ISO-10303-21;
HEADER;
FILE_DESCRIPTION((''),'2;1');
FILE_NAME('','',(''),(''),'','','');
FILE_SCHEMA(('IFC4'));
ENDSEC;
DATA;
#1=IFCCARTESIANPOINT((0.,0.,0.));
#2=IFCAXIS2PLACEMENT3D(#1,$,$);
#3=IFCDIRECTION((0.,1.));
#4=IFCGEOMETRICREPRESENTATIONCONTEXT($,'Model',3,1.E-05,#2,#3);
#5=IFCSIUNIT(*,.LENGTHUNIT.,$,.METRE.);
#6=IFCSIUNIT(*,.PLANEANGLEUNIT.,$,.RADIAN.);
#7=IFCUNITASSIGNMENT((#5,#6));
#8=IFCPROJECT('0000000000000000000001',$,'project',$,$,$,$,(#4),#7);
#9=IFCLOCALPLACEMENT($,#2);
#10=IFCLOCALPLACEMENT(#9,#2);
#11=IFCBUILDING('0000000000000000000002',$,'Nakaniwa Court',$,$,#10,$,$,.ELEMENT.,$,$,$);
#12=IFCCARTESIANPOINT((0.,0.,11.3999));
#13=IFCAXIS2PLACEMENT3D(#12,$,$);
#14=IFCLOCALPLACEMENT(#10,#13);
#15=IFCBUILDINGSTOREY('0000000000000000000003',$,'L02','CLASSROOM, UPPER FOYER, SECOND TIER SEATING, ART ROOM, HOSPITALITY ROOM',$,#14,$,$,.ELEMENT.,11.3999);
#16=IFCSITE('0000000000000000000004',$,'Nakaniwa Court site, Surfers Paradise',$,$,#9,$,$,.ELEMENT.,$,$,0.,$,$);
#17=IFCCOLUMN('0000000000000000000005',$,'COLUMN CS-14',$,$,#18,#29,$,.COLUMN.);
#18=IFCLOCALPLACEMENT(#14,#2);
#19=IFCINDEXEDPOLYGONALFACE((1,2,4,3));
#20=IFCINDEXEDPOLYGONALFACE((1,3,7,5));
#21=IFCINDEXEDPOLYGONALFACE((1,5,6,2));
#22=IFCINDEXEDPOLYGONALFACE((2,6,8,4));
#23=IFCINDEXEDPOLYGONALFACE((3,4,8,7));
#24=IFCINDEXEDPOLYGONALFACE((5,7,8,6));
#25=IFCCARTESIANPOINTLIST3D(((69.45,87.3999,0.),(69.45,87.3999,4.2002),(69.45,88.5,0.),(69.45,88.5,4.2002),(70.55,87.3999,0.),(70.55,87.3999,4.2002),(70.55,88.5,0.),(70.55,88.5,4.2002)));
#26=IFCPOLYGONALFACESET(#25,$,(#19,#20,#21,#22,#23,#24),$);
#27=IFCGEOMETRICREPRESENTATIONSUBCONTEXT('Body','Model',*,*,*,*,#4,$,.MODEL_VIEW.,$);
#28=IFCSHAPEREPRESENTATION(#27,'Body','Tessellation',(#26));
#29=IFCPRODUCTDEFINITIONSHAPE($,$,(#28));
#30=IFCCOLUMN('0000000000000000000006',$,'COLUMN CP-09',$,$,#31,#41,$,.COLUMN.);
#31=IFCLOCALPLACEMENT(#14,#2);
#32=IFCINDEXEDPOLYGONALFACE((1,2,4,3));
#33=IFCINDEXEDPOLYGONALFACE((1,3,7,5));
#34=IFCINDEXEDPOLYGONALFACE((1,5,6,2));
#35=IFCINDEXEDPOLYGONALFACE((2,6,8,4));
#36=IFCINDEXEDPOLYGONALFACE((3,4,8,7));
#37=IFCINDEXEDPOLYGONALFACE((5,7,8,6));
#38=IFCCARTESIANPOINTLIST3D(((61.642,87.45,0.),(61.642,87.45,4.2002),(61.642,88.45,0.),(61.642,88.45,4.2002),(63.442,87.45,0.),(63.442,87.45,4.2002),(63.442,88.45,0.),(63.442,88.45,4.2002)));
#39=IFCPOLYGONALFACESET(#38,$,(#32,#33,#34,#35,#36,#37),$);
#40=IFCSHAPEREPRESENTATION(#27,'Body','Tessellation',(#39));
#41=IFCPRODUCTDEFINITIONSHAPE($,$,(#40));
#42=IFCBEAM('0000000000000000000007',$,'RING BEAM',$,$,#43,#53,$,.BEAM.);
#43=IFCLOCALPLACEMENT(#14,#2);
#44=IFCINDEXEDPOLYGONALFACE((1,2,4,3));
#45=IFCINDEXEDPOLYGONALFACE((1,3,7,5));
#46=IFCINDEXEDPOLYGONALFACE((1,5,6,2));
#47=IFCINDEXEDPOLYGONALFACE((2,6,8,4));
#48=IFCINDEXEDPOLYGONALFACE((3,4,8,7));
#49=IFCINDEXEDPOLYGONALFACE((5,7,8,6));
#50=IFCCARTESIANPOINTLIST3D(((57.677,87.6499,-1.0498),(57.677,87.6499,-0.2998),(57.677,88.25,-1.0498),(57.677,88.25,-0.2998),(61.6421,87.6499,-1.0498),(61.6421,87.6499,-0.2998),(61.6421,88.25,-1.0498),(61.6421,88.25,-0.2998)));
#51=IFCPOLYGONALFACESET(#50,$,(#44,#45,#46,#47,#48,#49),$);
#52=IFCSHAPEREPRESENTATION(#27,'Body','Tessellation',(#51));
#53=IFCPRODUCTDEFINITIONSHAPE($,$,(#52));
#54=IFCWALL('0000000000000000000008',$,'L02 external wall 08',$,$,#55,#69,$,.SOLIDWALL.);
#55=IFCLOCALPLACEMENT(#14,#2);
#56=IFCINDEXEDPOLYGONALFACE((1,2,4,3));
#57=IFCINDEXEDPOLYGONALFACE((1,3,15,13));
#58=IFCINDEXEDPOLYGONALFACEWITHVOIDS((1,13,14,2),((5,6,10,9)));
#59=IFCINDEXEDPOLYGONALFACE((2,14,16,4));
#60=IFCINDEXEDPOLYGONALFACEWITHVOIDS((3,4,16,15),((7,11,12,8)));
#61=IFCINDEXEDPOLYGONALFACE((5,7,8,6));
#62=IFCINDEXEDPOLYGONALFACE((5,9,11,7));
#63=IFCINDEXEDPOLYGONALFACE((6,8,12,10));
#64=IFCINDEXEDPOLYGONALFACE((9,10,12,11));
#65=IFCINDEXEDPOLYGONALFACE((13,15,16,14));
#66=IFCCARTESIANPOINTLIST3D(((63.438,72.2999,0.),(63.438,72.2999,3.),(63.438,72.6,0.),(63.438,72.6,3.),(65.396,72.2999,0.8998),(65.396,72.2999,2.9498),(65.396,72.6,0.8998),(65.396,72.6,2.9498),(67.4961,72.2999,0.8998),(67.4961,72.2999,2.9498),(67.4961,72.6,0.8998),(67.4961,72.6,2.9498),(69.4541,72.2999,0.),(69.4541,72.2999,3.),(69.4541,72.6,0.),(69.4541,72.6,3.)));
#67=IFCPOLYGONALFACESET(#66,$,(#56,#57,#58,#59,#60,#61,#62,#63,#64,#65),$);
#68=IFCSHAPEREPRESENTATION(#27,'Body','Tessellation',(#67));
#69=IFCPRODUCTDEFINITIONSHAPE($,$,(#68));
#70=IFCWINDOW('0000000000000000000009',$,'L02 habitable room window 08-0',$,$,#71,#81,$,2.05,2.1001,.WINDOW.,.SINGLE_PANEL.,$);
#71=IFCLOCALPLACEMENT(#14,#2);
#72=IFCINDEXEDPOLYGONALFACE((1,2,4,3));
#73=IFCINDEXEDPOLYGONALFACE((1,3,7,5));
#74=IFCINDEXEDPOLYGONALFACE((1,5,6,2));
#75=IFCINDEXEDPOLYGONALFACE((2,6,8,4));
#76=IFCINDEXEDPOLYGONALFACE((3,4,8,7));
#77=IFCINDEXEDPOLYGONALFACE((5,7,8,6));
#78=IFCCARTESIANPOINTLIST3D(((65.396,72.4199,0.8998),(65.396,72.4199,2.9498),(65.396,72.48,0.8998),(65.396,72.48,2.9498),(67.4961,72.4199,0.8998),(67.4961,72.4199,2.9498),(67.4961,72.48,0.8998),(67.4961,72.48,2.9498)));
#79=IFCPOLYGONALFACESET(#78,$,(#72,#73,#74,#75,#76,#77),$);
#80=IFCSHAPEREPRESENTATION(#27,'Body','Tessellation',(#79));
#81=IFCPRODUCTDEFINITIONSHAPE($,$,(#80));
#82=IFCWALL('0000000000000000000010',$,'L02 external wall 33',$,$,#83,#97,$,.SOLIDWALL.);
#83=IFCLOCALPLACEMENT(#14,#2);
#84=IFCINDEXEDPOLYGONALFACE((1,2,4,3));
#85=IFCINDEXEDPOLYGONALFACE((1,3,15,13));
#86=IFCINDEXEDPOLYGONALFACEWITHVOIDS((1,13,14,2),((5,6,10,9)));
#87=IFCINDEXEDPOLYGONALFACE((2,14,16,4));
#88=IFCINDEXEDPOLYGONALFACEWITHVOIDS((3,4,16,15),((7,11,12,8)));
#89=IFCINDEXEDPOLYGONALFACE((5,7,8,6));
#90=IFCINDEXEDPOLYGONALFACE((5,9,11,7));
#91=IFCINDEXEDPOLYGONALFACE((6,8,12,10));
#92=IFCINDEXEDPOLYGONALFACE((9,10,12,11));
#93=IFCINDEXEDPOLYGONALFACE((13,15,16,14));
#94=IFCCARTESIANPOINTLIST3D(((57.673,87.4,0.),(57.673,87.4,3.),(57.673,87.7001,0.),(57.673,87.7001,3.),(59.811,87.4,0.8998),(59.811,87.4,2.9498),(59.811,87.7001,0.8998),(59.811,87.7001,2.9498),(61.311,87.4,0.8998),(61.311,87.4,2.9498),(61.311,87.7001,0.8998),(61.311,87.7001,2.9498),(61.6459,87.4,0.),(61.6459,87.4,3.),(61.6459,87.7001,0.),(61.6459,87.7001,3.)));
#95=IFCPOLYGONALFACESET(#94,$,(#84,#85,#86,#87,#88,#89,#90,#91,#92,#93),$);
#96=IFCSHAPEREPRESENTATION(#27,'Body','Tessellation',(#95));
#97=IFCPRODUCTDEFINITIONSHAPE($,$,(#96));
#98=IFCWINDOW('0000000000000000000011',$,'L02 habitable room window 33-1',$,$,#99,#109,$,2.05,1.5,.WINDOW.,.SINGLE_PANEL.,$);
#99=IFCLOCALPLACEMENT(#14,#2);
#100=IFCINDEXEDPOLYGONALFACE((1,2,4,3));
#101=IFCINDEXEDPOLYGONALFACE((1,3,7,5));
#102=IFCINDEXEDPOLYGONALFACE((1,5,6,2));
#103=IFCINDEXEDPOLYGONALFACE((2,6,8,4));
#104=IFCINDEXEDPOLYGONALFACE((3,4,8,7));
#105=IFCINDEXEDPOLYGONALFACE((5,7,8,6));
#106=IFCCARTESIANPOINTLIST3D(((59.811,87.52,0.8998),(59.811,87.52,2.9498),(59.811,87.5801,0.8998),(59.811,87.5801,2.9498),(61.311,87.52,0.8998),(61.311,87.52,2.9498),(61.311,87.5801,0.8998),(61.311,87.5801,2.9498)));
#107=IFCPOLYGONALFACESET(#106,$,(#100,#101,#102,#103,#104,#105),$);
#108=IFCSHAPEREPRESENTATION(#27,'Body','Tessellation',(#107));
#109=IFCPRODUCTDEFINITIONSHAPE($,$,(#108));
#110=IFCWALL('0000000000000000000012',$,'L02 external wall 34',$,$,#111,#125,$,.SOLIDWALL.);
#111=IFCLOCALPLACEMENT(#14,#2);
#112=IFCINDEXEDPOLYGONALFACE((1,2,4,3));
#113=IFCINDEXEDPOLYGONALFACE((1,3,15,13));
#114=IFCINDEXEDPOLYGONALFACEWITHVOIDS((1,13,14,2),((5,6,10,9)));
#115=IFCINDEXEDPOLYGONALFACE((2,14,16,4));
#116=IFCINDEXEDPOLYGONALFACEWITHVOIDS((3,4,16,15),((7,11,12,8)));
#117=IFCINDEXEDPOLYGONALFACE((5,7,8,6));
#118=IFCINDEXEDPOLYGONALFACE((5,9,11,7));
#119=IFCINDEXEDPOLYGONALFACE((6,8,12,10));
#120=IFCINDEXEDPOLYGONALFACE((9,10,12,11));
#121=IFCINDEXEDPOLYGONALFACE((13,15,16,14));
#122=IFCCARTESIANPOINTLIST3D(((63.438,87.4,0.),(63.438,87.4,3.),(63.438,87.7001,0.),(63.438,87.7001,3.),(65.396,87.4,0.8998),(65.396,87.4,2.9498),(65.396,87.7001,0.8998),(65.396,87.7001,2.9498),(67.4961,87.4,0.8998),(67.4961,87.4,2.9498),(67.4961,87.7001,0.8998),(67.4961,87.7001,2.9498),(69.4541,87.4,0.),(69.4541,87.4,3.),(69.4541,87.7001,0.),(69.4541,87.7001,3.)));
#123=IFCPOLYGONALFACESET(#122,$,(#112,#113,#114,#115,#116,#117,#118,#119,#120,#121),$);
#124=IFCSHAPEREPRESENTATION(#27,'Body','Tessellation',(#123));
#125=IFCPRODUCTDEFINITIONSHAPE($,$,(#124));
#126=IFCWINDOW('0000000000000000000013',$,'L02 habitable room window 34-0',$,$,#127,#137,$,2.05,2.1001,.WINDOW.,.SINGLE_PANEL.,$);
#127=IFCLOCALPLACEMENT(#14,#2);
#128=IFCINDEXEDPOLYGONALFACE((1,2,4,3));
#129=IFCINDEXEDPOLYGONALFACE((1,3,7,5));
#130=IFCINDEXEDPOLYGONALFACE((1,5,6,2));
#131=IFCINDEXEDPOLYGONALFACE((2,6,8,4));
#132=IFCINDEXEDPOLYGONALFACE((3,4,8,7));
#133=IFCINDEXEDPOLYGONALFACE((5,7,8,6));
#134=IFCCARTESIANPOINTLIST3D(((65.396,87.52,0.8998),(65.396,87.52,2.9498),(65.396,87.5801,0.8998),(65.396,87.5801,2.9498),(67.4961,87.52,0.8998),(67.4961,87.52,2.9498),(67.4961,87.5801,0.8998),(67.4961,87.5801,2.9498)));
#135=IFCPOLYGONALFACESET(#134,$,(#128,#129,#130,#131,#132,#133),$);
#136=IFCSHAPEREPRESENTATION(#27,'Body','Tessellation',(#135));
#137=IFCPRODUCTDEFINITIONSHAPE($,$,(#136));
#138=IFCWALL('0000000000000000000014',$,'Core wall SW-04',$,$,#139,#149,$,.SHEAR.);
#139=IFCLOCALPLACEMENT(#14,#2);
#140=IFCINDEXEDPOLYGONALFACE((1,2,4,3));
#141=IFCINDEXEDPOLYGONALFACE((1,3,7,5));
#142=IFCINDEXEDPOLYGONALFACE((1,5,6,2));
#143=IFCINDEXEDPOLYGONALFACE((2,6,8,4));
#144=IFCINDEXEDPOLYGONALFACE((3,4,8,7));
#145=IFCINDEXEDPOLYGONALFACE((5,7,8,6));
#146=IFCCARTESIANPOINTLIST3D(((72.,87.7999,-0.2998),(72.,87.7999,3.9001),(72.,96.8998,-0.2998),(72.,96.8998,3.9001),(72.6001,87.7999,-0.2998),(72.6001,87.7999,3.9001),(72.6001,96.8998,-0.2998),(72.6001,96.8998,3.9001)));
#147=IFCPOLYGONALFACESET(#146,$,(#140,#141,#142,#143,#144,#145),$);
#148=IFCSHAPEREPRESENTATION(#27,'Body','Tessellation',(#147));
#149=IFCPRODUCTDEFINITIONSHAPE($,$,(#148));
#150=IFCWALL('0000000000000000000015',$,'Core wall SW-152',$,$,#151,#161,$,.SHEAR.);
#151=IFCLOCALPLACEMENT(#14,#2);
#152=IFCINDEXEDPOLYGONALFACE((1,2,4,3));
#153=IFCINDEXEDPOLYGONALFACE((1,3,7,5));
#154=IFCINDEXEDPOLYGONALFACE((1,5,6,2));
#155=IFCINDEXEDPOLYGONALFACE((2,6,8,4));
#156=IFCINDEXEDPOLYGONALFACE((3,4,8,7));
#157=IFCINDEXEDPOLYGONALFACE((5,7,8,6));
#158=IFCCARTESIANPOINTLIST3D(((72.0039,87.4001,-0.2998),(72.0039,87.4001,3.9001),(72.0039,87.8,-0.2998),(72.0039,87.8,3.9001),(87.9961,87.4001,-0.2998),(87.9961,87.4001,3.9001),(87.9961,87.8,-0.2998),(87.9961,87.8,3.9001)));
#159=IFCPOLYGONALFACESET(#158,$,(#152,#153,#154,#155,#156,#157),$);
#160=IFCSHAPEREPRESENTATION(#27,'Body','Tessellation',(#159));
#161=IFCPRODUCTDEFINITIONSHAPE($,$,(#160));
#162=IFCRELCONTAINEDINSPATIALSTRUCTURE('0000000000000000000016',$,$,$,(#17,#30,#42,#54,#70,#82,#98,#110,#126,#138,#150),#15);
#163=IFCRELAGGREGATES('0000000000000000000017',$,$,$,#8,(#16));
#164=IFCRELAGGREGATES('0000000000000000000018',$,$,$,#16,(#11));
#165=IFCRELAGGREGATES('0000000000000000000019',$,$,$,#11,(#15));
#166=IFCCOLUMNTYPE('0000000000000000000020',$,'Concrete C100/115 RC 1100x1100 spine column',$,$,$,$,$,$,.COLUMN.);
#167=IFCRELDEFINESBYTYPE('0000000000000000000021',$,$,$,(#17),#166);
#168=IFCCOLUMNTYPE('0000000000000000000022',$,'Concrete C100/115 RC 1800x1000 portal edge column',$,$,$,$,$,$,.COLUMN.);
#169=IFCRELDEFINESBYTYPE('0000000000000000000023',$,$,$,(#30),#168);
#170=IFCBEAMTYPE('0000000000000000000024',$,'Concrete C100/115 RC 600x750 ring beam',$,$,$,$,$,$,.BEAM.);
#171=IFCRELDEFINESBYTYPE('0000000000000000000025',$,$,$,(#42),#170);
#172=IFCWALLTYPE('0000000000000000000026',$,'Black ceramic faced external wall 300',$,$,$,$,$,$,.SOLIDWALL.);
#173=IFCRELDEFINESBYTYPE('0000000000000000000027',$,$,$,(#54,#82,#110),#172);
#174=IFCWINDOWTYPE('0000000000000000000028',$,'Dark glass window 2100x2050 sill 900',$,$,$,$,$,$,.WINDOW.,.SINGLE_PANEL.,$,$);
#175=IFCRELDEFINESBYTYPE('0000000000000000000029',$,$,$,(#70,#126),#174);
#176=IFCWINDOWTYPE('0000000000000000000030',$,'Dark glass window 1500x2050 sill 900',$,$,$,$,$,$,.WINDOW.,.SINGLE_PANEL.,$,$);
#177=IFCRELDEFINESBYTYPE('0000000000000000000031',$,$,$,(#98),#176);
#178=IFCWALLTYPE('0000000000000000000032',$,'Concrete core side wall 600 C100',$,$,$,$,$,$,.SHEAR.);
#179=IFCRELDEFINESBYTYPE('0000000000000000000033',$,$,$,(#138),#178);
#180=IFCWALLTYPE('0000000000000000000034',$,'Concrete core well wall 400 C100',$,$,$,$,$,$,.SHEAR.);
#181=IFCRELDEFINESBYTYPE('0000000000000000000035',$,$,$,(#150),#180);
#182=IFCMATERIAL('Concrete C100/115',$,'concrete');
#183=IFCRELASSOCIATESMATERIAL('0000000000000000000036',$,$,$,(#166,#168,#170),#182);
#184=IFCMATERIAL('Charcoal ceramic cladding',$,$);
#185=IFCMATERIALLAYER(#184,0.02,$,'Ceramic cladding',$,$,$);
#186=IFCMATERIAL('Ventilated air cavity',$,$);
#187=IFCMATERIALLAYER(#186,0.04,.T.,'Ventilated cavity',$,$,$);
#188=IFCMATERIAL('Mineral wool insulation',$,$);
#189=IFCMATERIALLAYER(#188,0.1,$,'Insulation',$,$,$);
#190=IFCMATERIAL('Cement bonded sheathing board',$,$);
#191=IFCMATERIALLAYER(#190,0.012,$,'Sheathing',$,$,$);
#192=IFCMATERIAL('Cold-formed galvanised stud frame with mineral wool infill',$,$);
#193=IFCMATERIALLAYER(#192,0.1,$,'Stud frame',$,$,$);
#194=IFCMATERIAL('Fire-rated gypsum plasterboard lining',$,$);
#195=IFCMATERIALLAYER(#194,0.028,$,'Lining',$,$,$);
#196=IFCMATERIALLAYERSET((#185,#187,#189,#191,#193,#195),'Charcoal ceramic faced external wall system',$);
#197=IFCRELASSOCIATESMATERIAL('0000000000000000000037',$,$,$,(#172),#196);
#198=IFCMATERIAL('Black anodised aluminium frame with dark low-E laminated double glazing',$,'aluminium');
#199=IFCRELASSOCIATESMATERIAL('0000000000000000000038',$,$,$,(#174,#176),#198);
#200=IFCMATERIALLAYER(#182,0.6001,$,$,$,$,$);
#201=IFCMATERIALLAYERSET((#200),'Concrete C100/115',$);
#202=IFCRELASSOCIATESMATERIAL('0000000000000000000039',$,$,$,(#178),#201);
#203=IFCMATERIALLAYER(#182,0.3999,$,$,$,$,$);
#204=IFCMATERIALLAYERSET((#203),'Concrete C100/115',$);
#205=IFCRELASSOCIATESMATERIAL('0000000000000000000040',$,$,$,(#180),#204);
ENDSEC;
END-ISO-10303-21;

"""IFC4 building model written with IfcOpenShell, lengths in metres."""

from ifc_helpers import new_model, si_unit, direction, frame, frame_2d, origin, origin_2d, place, context, subcontext, project, spatial, rectangle, extrude, material, layer, layer_set, material_profile, profile_set, type_object, element, fill, save


model = new_model("IFC4")

# Units and contexts
model_context = context("Model", 3, precision=1e-05, world=origin(), true_north=direction((0.0, 1.0)))
body_context = subcontext(model_context, "Body", "Model", "MODEL_VIEW")
ifc_project = project(units=[si_unit("LENGTHUNIT", "METRE"), si_unit("PLANEANGLEUNIT", "RADIAN")], contexts=[model_context])

# Site, building, storey
site_placement = place(None, origin())
site = spatial("IfcSite", under=ifc_project, at=site_placement, Name="Nakaniwa Court site, Surfers Paradise", CompositionType="ELEMENT", RefElevation=0.0)
building_placement = place(site_placement, origin())
building = spatial("IfcBuilding", under=site, at=building_placement, Name="Nakaniwa Court", CompositionType="ELEMENT")
storey_placement = place(building_placement, frame((0.0, 0.0, 11.3999)))
storey = spatial("IfcBuildingStorey", under=building, at=storey_placement, Name="L02", Description="CLASSROOM, UPPER FOYER, SECOND TIER SEATING, ART ROOM, HOSPITALITY ROOM", CompositionType="ELEMENT", Elevation=11.3999)

# Columns
ifc_material_1 = material(Name="Concrete C100/115", Category="concrete")
ifc_material_profile_1 = material_profile(ifc_material_1, rectangle(XDim=1.1001, YDim=1.1001, at=origin_2d()), Name="Concrete C100/115 RC 1100x1100 spine column")
ifc_profile_set_1 = profile_set([ifc_material_profile_1], Name="Concrete C100/115")
column_type_1 = type_object("IfcColumnType", Name="Concrete C100/115 RC 1100x1100 spine column", PredefinedType="COLUMN", material=ifc_profile_set_1)
column_1_placement = place(storey_placement, frame((70.0, 87.95, 0.0), z_axis=(0.0, 0.0, 1.0), x_axis=(0.0, -1.0, 0.0)))
element("IfcColumn", 1, at=column_1_placement, inside=storey, type_object=column_type_1, Name="COLUMN CS-14", PredefinedType="COLUMN", context=body_context, shape_type="SweptSolid", body=[
    extrude(rectangle(XDim=1.1001, YDim=1.1001, at=origin_2d()), origin(), (0.0, 0.0, 1.0), 4.2002),
])
ifc_material_profile_2 = material_profile(ifc_material_1, rectangle(XDim=1.8, YDim=1.0, at=origin_2d()), Name="Concrete C100/115 RC 1800x1000 portal edge column")
ifc_profile_set_2 = profile_set([ifc_material_profile_2], Name="Concrete C100/115")
column_type_2 = type_object("IfcColumnType", Name="Concrete C100/115 RC 1800x1000 portal edge column", PredefinedType="COLUMN", material=ifc_profile_set_2)
column_2_placement = place(storey_placement, frame((62.542, 87.95, 0.0), z_axis=(0.0, 0.0, 1.0), x_axis=(1.0, 0.0, 0.0)))
element("IfcColumn", 2, at=column_2_placement, inside=storey, type_object=column_type_2, Name="COLUMN CP-09", PredefinedType="COLUMN", context=body_context, shape_type="SweptSolid", body=[
    extrude(rectangle(XDim=1.8, YDim=1.0, at=origin_2d()), origin(), (0.0, 0.0, 1.0), 4.2002),
])

# Beam
ifc_material_profile_3 = material_profile(ifc_material_1, rectangle(XDim=0.6001, YDim=0.75, at=origin_2d()), Name="Concrete C100/115 RC 600x750 ring beam")
ifc_profile_set_3 = profile_set([ifc_material_profile_3], Name="Concrete C100/115")
beam_type = type_object("IfcBeamType", Name="Concrete C100/115 RC 600x750 ring beam", PredefinedType="BEAM", material=ifc_profile_set_3)
beam_placement = place(storey_placement, frame((57.677, 87.95, -0.6748), z_axis=(1.0, 0.0, 0.0), x_axis=(0.0, 1.0, 0.0)))
element("IfcBeam", 3, at=beam_placement, inside=storey, type_object=beam_type, Name="RING BEAM", PredefinedType="BEAM", context=body_context, shape_type="SweptSolid", body=[
    extrude(rectangle(XDim=0.6001, YDim=0.75, at=origin_2d()), origin(), (0.0, 0.0, 1.0), 3.9651),
])

# Walls, openings, windows
ifc_material_2 = material(Name="Charcoal ceramic cladding")
ifc_layer_1 = layer(ifc_material_2, 0.02, Name="Ceramic cladding")
ifc_material_3 = material(Name="Ventilated air cavity")
ifc_layer_2 = layer(ifc_material_3, 0.04, ventilated=True, Name="Ventilated cavity")
ifc_material_4 = material(Name="Mineral wool insulation")
ifc_layer_3 = layer(ifc_material_4, 0.1, Name="Insulation")
ifc_material_5 = material(Name="Cement bonded sheathing board")
ifc_layer_4 = layer(ifc_material_5, 0.012, Name="Sheathing")
ifc_material_6 = material(Name="Cold-formed galvanised stud frame with mineral wool infill")
ifc_layer_5 = layer(ifc_material_6, 0.1, Name="Stud frame")
ifc_material_7 = material(Name="Fire-rated gypsum plasterboard lining")
ifc_layer_6 = layer(ifc_material_7, 0.028, Name="Lining")
ifc_layer_set_1 = layer_set([ifc_layer_1, ifc_layer_2, ifc_layer_3, ifc_layer_4, ifc_layer_5, ifc_layer_6], Name="Charcoal ceramic faced external wall system")
wall_type_1 = type_object("IfcWallType", Name="Black ceramic faced external wall 300", PredefinedType="SOLIDWALL", material=ifc_layer_set_1)
wall_1_placement = place(storey_placement, frame((69.4541, 72.45, 0.0), z_axis=(0.0, 0.0, 1.0), x_axis=(-1.0, 0.0, 0.0)))
wall_1 = element("IfcWall", 4, at=wall_1_placement, inside=storey, type_object=wall_type_1, Name="L02 external wall 08", PredefinedType="SOLIDWALL", context=body_context, shape_type="SweptSolid", body=[
    extrude(rectangle(XDim=6.0161, YDim=0.3, at=frame_2d((3.0081, 0.0))), origin(), (0.0, 0.0, 1.0), 3.0),
])
opening_1_placement = place(wall_1_placement, frame((1.958, 0.0, 0.8999)))
opening_1 = element("IfcOpeningElement", 5, at=opening_1_placement, cuts=wall_1, PredefinedType="OPENING", context=body_context, shape_type="SweptSolid", body=[
    extrude(rectangle(XDim=2.1001, YDim=2.05, at=frame_2d((1.05, 1.0249))), frame((0.0, 0.1599, 0.0), z_axis=(0.0, -1.0, 0.0), x_axis=(1.0, 0.0, 0.0)), (0.0, 0.0, 1.0), 0.3201),
])
ifc_material_8 = material(Name="Black anodised aluminium frame with dark low-E laminated double glazing", Category="aluminium")
window_type_1 = type_object("IfcWindowType", Name="Dark glass window 2100x2050 sill 900", PartitioningType="SINGLE_PANEL", PredefinedType="WINDOW", material=ifc_material_8)
window_1_placement = place(opening_1_placement, origin())
window_1 = element("IfcWindow", 6, at=window_1_placement, inside=storey, type_object=window_type_1, Name="L02 habitable room window 08-0", OverallHeight=2.05, OverallWidth=2.1001, PartitioningType="SINGLE_PANEL", PredefinedType="WINDOW", context=body_context, shape_type="SweptSolid", body=[
    extrude(rectangle(XDim=2.1001, YDim=2.05, at=frame_2d((1.05, 1.0249))), frame((0.0, 0.03, 0.0), z_axis=(0.0, -1.0, 0.0), x_axis=(1.0, 0.0, 0.0)), (0.0, 0.0, 1.0), 0.0601),
])
fill(opening_1, window_1)
wall_2_placement = place(storey_placement, frame((57.6731, 87.55, 0.0), z_axis=(0.0, 0.0, 1.0), x_axis=(1.0, 0.0, 0.0)))
wall_2 = element("IfcWall", 7, at=wall_2_placement, inside=storey, type_object=wall_type_1, Name="L02 external wall 33", PredefinedType="SOLIDWALL", context=body_context, shape_type="SweptSolid", body=[
    extrude(rectangle(XDim=3.9729, YDim=0.3, at=frame_2d((1.9863, 0.0))), origin(), (0.0, 0.0, 1.0), 3.0),
])
opening_2_placement = place(wall_2_placement, frame((2.1379, 0.0, 0.8999)))
opening_2 = element("IfcOpeningElement", 8, at=opening_2_placement, cuts=wall_2, PredefinedType="OPENING", context=body_context, shape_type="SweptSolid", body=[
    extrude(rectangle(XDim=1.5, YDim=2.05, at=frame_2d((0.75, 1.0249))), frame((0.0, 0.1599, 0.0), z_axis=(0.0, -1.0, 0.0), x_axis=(1.0, 0.0, 0.0)), (0.0, 0.0, 1.0), 0.3201),
])
window_type_2 = type_object("IfcWindowType", Name="Dark glass window 1500x2050 sill 900", PartitioningType="SINGLE_PANEL", PredefinedType="WINDOW", material=ifc_material_8)
window_2_placement = place(opening_2_placement, origin())
window_2 = element("IfcWindow", 9, at=window_2_placement, inside=storey, type_object=window_type_2, Name="L02 habitable room window 33-1", OverallHeight=2.05, OverallWidth=1.5, PartitioningType="SINGLE_PANEL", PredefinedType="WINDOW", context=body_context, shape_type="SweptSolid", body=[
    extrude(rectangle(XDim=1.5, YDim=2.05, at=frame_2d((0.75, 1.0249))), frame((0.0, 0.03, 0.0), z_axis=(0.0, -1.0, 0.0), x_axis=(1.0, 0.0, 0.0)), (0.0, 0.0, 1.0), 0.0601),
])
fill(opening_2, window_2)
wall_3_placement = place(storey_placement, frame((63.438, 87.55, 0.0), z_axis=(0.0, 0.0, 1.0), x_axis=(1.0, 0.0, 0.0)))
wall_3 = element("IfcWall", 10, at=wall_3_placement, inside=storey, type_object=wall_type_1, Name="L02 external wall 34", PredefinedType="SOLIDWALL", context=body_context, shape_type="SweptSolid", body=[
    extrude(rectangle(XDim=6.0161, YDim=0.3, at=frame_2d((3.0081, 0.0))), origin(), (0.0, 0.0, 1.0), 3.0),
])
opening_3_placement = place(wall_3_placement, frame((1.958, 0.0, 0.8999)))
opening_3 = element("IfcOpeningElement", 11, at=opening_3_placement, cuts=wall_3, PredefinedType="OPENING", context=body_context, shape_type="SweptSolid", body=[
    extrude(rectangle(XDim=2.1001, YDim=2.05, at=frame_2d((1.05, 1.0249))), frame((0.0, 0.1599, 0.0), z_axis=(0.0, -1.0, 0.0), x_axis=(1.0, 0.0, 0.0)), (0.0, 0.0, 1.0), 0.3201),
])
window_3_placement = place(opening_3_placement, origin())
window_3 = element("IfcWindow", 12, at=window_3_placement, inside=storey, type_object=window_type_1, Name="L02 habitable room window 34-0", OverallHeight=2.05, OverallWidth=2.1001, PartitioningType="SINGLE_PANEL", PredefinedType="WINDOW", context=body_context, shape_type="SweptSolid", body=[
    extrude(rectangle(XDim=2.1001, YDim=2.05, at=frame_2d((1.05, 1.0249))), frame((0.0, 0.03, 0.0), z_axis=(0.0, -1.0, 0.0), x_axis=(1.0, 0.0, 0.0)), (0.0, 0.0, 1.0), 0.0601),
])
fill(opening_3, window_3)

# Walls
ifc_layer_7 = layer(ifc_material_1, 0.6001)
ifc_layer_set_2 = layer_set([ifc_layer_7], Name="Concrete C100/115")
wall_type_2 = type_object("IfcWallType", Name="Concrete core side wall 600 C100", PredefinedType="SHEAR", material=ifc_layer_set_2)
wall_4_placement = place(storey_placement, frame((72.3, 87.8, -0.2998), z_axis=(0.0, 0.0, 1.0), x_axis=(0.0, 1.0, 0.0)))
element("IfcWall", 13, at=wall_4_placement, inside=storey, type_object=wall_type_2, Name="Core wall SW-04", PredefinedType="SHEAR", context=body_context, shape_type="SweptSolid", body=[
    extrude(rectangle(XDim=9.0999, YDim=0.6001, at=frame_2d((4.5498, 0.0))), origin(), (0.0, 0.0, 1.0), 4.2),
])
ifc_layer_8 = layer(ifc_material_1, 0.3999)
ifc_layer_set_3 = layer_set([ifc_layer_8], Name="Concrete C100/115")
wall_type_3 = type_object("IfcWallType", Name="Concrete core well wall 400 C100", PredefinedType="SHEAR", material=ifc_layer_set_3)
wall_5_placement = place(storey_placement, frame((72.0039, 87.6001, -0.2998), z_axis=(0.0, 0.0, 1.0), x_axis=(1.0, 0.0, 0.0)))
element("IfcWall", 14, at=wall_5_placement, inside=storey, type_object=wall_type_3, Name="Core wall SW-152", PredefinedType="SHEAR", context=body_context, shape_type="SweptSolid", body=[
    extrude(rectangle(XDim=15.9922, YDim=0.3999, at=frame_2d((7.9961, 0.0))), origin(), (0.0, 0.0, 1.0), 4.2),
])

save(model, "model.ifc")
